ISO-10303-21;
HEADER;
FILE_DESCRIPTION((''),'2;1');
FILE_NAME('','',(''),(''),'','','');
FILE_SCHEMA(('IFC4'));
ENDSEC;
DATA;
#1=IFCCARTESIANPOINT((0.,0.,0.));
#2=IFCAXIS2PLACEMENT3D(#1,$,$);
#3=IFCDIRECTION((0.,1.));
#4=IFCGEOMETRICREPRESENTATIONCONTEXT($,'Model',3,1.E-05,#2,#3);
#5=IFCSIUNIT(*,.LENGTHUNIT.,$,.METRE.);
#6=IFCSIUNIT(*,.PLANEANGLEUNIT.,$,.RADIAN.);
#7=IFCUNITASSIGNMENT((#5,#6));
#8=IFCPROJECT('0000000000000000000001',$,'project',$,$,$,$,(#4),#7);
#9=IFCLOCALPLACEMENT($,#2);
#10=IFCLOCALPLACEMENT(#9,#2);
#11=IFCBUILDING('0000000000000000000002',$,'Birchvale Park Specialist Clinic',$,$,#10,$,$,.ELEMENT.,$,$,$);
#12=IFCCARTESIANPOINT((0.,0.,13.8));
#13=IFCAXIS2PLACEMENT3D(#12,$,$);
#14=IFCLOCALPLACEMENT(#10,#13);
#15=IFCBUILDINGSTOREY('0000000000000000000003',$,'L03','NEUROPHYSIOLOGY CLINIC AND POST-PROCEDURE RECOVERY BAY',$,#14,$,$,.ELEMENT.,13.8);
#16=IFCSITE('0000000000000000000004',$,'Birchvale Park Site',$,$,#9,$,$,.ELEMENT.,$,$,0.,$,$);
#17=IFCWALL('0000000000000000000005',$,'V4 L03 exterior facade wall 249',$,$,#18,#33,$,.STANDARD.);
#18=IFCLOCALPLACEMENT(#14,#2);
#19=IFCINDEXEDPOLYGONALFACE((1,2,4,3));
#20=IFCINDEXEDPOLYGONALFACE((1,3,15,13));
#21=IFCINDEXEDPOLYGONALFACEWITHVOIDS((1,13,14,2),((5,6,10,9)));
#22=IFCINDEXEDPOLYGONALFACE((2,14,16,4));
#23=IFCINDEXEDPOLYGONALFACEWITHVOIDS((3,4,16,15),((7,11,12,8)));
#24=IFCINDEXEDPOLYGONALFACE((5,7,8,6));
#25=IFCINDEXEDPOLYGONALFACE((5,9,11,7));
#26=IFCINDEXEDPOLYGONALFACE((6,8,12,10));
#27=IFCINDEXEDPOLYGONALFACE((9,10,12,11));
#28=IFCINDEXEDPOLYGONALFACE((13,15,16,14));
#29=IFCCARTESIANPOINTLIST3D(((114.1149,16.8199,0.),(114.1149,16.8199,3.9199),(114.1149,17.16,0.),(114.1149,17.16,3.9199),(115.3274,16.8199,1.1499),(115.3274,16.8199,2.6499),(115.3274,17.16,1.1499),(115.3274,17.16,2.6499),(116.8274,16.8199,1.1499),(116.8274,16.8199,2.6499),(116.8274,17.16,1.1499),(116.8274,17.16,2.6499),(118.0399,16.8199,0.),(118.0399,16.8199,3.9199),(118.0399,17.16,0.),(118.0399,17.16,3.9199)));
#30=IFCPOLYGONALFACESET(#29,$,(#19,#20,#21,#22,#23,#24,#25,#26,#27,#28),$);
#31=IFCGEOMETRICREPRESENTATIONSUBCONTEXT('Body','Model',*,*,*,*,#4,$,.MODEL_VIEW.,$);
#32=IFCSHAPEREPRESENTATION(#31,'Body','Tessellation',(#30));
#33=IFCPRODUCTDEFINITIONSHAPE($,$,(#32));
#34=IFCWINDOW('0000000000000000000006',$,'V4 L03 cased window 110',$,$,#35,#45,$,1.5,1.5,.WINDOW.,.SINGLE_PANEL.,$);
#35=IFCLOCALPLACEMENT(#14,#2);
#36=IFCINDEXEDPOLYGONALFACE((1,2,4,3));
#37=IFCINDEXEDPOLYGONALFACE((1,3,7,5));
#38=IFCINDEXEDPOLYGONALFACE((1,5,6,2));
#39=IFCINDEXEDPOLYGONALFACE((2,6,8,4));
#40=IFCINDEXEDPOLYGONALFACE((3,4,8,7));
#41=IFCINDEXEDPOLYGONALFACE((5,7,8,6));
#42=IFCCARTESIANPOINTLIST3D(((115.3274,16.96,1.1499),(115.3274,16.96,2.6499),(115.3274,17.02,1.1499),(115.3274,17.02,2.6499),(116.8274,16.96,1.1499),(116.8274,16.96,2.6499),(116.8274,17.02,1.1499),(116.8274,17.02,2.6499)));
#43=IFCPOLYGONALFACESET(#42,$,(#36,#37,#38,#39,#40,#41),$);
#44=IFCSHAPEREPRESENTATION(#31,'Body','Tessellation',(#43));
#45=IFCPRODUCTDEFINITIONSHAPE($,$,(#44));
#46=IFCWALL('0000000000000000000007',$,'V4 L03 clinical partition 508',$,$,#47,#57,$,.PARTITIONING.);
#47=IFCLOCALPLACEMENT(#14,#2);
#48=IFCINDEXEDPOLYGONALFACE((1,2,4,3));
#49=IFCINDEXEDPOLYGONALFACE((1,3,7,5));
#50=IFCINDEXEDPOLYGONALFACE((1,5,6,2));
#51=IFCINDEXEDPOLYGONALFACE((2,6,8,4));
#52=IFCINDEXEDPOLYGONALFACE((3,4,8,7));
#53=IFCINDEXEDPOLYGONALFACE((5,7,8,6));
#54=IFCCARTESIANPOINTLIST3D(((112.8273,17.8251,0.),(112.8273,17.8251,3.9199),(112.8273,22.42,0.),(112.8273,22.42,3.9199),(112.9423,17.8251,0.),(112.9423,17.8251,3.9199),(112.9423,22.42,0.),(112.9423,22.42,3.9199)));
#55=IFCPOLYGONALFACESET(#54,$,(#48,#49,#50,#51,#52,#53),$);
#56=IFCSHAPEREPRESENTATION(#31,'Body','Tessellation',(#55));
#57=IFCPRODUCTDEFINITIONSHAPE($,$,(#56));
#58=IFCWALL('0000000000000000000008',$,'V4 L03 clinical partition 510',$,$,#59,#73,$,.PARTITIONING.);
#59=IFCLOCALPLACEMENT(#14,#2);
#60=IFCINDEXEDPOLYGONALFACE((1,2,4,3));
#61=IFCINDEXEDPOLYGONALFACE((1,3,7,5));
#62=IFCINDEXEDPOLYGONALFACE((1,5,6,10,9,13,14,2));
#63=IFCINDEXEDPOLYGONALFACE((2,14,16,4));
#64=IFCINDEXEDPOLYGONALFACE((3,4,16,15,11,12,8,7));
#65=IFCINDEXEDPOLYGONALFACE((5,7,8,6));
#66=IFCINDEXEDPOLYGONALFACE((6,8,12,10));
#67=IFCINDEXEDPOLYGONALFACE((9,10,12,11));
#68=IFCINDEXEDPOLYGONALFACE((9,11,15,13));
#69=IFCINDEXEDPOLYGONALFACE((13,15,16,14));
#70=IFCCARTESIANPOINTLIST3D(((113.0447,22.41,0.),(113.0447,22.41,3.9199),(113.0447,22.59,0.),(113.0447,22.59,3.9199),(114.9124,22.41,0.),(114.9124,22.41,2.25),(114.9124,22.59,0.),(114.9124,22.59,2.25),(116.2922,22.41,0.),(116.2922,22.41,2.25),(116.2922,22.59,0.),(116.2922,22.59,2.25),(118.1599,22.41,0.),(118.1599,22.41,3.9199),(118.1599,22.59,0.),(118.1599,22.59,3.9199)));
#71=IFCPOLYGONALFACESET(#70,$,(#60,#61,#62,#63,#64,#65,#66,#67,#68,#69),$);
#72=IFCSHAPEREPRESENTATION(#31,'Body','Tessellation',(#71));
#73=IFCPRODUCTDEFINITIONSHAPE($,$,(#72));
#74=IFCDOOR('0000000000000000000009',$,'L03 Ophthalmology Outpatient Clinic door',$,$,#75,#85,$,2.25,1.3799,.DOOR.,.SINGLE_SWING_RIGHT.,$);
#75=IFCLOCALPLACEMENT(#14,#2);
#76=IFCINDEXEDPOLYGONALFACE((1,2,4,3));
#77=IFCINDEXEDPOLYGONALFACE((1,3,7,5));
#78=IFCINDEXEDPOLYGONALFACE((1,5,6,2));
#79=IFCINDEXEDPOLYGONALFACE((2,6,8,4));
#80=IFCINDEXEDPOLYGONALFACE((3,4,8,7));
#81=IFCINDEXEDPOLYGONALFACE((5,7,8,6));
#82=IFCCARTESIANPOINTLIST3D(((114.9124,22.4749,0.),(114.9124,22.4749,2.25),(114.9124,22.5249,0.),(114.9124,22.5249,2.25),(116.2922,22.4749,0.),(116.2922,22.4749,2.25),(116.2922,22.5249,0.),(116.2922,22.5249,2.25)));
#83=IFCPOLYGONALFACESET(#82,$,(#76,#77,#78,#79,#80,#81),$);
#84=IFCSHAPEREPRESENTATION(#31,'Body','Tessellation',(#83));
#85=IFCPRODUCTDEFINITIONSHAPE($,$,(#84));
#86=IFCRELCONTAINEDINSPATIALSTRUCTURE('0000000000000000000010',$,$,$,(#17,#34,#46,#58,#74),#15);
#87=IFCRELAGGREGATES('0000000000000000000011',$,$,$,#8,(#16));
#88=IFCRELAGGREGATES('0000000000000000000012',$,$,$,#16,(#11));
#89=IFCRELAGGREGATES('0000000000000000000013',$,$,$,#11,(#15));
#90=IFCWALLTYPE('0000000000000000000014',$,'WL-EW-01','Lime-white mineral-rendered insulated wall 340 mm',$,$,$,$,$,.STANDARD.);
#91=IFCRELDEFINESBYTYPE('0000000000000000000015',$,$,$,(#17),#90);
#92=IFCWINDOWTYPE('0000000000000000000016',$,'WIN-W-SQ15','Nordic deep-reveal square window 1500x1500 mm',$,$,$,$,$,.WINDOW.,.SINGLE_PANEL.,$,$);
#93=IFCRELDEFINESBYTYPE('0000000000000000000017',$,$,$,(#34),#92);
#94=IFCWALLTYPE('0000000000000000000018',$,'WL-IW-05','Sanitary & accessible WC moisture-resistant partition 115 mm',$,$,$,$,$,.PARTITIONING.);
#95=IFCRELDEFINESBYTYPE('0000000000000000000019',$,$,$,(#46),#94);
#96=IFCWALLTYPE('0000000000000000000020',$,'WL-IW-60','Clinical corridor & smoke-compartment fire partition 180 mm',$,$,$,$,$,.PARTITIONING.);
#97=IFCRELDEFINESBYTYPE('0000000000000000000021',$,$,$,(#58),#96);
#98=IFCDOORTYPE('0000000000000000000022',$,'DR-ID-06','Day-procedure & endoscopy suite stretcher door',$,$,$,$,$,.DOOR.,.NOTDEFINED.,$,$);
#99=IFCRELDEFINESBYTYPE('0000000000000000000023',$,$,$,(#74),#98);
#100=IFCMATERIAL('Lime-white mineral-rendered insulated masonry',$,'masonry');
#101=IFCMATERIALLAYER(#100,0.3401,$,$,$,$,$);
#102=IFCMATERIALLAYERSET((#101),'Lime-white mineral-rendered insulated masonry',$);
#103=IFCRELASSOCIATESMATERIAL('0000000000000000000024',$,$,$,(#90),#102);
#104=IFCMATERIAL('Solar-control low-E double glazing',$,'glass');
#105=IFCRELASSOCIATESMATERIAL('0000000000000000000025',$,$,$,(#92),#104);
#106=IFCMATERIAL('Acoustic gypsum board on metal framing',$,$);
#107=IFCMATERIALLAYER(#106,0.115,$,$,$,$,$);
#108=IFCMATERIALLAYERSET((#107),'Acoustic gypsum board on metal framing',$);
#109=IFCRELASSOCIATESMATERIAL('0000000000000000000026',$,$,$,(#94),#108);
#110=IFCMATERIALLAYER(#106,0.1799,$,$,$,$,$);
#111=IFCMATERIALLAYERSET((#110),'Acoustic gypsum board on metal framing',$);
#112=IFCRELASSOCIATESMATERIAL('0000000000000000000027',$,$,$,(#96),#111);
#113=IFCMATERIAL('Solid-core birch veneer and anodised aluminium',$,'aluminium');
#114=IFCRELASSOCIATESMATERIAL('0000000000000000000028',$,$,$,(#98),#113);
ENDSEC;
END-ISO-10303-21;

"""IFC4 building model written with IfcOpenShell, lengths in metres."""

from ifc_helpers import new_model, si_unit, direction, frame, frame_2d, origin, place, context, subcontext, project, spatial, rectangle, extrude, material, layer, layer_set, type_object, element, fill, save


model = new_model("IFC4")

# Units and contexts
model_context = context("Model", 3, precision=1e-05, world=origin(), true_north=direction((0.0, 1.0)))
body_context = subcontext(model_context, "Body", "Model", "MODEL_VIEW")
ifc_project = project(units=[si_unit("LENGTHUNIT", "METRE"), si_unit("PLANEANGLEUNIT", "RADIAN")], contexts=[model_context])

# Site, building, storey
site_placement = place(None, origin())
site = spatial("IfcSite", under=ifc_project, at=site_placement, Name="Birchvale Park Site", CompositionType="ELEMENT", RefElevation=0.0)
building_placement = place(site_placement, origin())
building = spatial("IfcBuilding", under=site, at=building_placement, Name="Birchvale Park Specialist Clinic", CompositionType="ELEMENT")
storey_placement = place(building_placement, frame((0.0, 0.0, 13.8)))
storey = spatial("IfcBuildingStorey", under=building, at=storey_placement, Name="L03", Description="NEUROPHYSIOLOGY CLINIC AND POST-PROCEDURE RECOVERY BAY", CompositionType="ELEMENT", Elevation=13.8)

# Wall, opening, window
ifc_material_1 = material(Name="Lime-white mineral-rendered insulated masonry", Category="masonry")
ifc_layer_1 = layer(ifc_material_1, 0.3401)
ifc_layer_set_1 = layer_set([ifc_layer_1], Name="Lime-white mineral-rendered insulated masonry")
wall_type_1 = type_object("IfcWallType", Name="WL-EW-01", Description="Lime-white mineral-rendered insulated wall 340 mm", PredefinedType="STANDARD", material=ifc_layer_set_1)
ifc_material_2 = material(Name="Solar-control low-E double glazing", Category="glass")
wall_1_placement = place(storey_placement, frame((114.115, 16.99, 0.0), z_axis=(0.0, 0.0, 1.0), x_axis=(1.0, 0.0, 0.0)))
wall_1 = element("IfcWall", 1, at=wall_1_placement, inside=storey, type_object=wall_type_1, Name="V4 L03 exterior facade wall 249", PredefinedType="STANDARD", context=body_context, shape_type="SweptSolid", body=[
    extrude(rectangle(XDim=3.925, YDim=0.3401, at=frame_2d((1.9624, 0.0))), origin(), (0.0, 0.0, 1.0), 3.9199),
])
opening_1_placement = place(wall_1_placement, frame((1.2124, 0.0, 1.1499)))
opening_1 = element("IfcOpeningElement", 2, at=opening_1_placement, cuts=wall_1, PredefinedType="OPENING", context=body_context, shape_type="SweptSolid", body=[
    extrude(rectangle(XDim=1.5, YDim=1.5, at=frame_2d((0.75, 0.75))), frame((0.0, 0.1802, 0.0), z_axis=(0.0, -1.0, 0.0), x_axis=(1.0, 0.0, 0.0)), (0.0, 0.0, 1.0), 0.3601),
])
window_type_1 = type_object("IfcWindowType", Name="WIN-W-SQ15", Description="Nordic deep-reveal square window 1500x1500 mm", PartitioningType="SINGLE_PANEL", PredefinedType="WINDOW", material=ifc_material_2)
window_1_placement = place(opening_1_placement, origin())
window_1 = element("IfcWindow", 3, at=window_1_placement, inside=storey, type_object=window_type_1, Name="V4 L03 cased window 110", OverallHeight=1.5, OverallWidth=1.5, PartitioningType="SINGLE_PANEL", PredefinedType="WINDOW", context=body_context, shape_type="SweptSolid", body=[
    extrude(rectangle(XDim=1.5, YDim=1.5, at=frame_2d((0.75, 0.75))), frame((0.0, 0.03, 0.0), z_axis=(0.0, -1.0, 0.0), x_axis=(1.0, 0.0, 0.0)), (0.0, 0.0, 1.0), 0.0601),
])
fill(opening_1, window_1)

# Wall
ifc_material_3 = material(Name="Acoustic gypsum board on metal framing")
ifc_layer_2 = layer(ifc_material_3, 0.115)
ifc_layer_set_2 = layer_set([ifc_layer_2], Name="Acoustic gypsum board on metal framing")
wall_type_2 = type_object("IfcWallType", Name="WL-IW-05", Description="Sanitary & accessible WC moisture-resistant partition 115 mm", PredefinedType="PARTITIONING", material=ifc_layer_set_2)
wall_2_placement = place(storey_placement, frame((112.8848, 22.4199, 0.0), z_axis=(0.0, 0.0, 1.0), x_axis=(0.0, -1.0, 0.0)))
element("IfcWall", 4, at=wall_2_placement, inside=storey, type_object=wall_type_2, Name="V4 L03 clinical partition 508", PredefinedType="PARTITIONING", context=body_context, shape_type="SweptSolid", body=[
    extrude(rectangle(XDim=4.595, YDim=0.115, at=frame_2d((2.2974, 0.0))), origin(), (0.0, 0.0, 1.0), 3.9199),
])

# Wall, opening, door
ifc_layer_3 = layer(ifc_material_3, 0.1799)
ifc_layer_set_3 = layer_set([ifc_layer_3], Name="Acoustic gypsum board on metal framing")
wall_type_3 = type_object("IfcWallType", Name="WL-IW-60", Description="Clinical corridor & smoke-compartment fire partition 180 mm", PredefinedType="PARTITIONING", material=ifc_layer_set_3)
wall_3_placement = place(storey_placement, frame((113.0447, 22.5, 0.0), z_axis=(0.0, 0.0, 1.0), x_axis=(1.0, 0.0, 0.0)))
wall_3 = element("IfcWall", 5, at=wall_3_placement, inside=storey, type_object=wall_type_3, Name="V4 L03 clinical partition 510", PredefinedType="PARTITIONING", context=body_context, shape_type="SweptSolid", body=[
    extrude(rectangle(XDim=5.1152, YDim=0.1799, at=frame_2d((2.5576, 0.0))), origin(), (0.0, 0.0, 1.0), 3.9199),
])
opening_2_placement = place(wall_3_placement, frame((1.8677, 0.0, 0.0)))
opening_2 = element("IfcOpeningElement", 6, at=opening_2_placement, cuts=wall_3, PredefinedType="OPENING", context=body_context, shape_type="SweptSolid", body=[
    extrude(rectangle(XDim=1.3799, YDim=2.25, at=frame_2d((0.6899, 1.125))), frame((0.0, 0.1001, 0.0), z_axis=(0.0, -1.0, 0.0), x_axis=(1.0, 0.0, 0.0)), (0.0, 0.0, 1.0), 0.2),
])
ifc_material_4 = material(Name="Solid-core birch veneer and anodised aluminium", Category="aluminium")
door_type = type_object("IfcDoorType", Name="DR-ID-06", Description="Day-procedure & endoscopy suite stretcher door", OperationType="NOTDEFINED", PredefinedType="DOOR", material=ifc_material_4)
door_placement = place(opening_2_placement, origin())
door = element("IfcDoor", 7, at=door_placement, inside=storey, type_object=door_type, Name="L03 Ophthalmology Outpatient Clinic door", OperationType="SINGLE_SWING_RIGHT", OverallHeight=2.25, OverallWidth=1.3799, PredefinedType="DOOR", context=body_context, shape_type="SweptSolid", body=[
    extrude(rectangle(XDim=1.3799, YDim=2.25, at=frame_2d((0.6899, 1.125))), frame((0.0, 0.0249, 0.0), z_axis=(0.0, -1.0, 0.0), x_axis=(1.0, 0.0, 0.0)), (0.0, 0.0, 1.0), 0.05),
])
fill(opening_2, door)

save(model, "model.ifc")
